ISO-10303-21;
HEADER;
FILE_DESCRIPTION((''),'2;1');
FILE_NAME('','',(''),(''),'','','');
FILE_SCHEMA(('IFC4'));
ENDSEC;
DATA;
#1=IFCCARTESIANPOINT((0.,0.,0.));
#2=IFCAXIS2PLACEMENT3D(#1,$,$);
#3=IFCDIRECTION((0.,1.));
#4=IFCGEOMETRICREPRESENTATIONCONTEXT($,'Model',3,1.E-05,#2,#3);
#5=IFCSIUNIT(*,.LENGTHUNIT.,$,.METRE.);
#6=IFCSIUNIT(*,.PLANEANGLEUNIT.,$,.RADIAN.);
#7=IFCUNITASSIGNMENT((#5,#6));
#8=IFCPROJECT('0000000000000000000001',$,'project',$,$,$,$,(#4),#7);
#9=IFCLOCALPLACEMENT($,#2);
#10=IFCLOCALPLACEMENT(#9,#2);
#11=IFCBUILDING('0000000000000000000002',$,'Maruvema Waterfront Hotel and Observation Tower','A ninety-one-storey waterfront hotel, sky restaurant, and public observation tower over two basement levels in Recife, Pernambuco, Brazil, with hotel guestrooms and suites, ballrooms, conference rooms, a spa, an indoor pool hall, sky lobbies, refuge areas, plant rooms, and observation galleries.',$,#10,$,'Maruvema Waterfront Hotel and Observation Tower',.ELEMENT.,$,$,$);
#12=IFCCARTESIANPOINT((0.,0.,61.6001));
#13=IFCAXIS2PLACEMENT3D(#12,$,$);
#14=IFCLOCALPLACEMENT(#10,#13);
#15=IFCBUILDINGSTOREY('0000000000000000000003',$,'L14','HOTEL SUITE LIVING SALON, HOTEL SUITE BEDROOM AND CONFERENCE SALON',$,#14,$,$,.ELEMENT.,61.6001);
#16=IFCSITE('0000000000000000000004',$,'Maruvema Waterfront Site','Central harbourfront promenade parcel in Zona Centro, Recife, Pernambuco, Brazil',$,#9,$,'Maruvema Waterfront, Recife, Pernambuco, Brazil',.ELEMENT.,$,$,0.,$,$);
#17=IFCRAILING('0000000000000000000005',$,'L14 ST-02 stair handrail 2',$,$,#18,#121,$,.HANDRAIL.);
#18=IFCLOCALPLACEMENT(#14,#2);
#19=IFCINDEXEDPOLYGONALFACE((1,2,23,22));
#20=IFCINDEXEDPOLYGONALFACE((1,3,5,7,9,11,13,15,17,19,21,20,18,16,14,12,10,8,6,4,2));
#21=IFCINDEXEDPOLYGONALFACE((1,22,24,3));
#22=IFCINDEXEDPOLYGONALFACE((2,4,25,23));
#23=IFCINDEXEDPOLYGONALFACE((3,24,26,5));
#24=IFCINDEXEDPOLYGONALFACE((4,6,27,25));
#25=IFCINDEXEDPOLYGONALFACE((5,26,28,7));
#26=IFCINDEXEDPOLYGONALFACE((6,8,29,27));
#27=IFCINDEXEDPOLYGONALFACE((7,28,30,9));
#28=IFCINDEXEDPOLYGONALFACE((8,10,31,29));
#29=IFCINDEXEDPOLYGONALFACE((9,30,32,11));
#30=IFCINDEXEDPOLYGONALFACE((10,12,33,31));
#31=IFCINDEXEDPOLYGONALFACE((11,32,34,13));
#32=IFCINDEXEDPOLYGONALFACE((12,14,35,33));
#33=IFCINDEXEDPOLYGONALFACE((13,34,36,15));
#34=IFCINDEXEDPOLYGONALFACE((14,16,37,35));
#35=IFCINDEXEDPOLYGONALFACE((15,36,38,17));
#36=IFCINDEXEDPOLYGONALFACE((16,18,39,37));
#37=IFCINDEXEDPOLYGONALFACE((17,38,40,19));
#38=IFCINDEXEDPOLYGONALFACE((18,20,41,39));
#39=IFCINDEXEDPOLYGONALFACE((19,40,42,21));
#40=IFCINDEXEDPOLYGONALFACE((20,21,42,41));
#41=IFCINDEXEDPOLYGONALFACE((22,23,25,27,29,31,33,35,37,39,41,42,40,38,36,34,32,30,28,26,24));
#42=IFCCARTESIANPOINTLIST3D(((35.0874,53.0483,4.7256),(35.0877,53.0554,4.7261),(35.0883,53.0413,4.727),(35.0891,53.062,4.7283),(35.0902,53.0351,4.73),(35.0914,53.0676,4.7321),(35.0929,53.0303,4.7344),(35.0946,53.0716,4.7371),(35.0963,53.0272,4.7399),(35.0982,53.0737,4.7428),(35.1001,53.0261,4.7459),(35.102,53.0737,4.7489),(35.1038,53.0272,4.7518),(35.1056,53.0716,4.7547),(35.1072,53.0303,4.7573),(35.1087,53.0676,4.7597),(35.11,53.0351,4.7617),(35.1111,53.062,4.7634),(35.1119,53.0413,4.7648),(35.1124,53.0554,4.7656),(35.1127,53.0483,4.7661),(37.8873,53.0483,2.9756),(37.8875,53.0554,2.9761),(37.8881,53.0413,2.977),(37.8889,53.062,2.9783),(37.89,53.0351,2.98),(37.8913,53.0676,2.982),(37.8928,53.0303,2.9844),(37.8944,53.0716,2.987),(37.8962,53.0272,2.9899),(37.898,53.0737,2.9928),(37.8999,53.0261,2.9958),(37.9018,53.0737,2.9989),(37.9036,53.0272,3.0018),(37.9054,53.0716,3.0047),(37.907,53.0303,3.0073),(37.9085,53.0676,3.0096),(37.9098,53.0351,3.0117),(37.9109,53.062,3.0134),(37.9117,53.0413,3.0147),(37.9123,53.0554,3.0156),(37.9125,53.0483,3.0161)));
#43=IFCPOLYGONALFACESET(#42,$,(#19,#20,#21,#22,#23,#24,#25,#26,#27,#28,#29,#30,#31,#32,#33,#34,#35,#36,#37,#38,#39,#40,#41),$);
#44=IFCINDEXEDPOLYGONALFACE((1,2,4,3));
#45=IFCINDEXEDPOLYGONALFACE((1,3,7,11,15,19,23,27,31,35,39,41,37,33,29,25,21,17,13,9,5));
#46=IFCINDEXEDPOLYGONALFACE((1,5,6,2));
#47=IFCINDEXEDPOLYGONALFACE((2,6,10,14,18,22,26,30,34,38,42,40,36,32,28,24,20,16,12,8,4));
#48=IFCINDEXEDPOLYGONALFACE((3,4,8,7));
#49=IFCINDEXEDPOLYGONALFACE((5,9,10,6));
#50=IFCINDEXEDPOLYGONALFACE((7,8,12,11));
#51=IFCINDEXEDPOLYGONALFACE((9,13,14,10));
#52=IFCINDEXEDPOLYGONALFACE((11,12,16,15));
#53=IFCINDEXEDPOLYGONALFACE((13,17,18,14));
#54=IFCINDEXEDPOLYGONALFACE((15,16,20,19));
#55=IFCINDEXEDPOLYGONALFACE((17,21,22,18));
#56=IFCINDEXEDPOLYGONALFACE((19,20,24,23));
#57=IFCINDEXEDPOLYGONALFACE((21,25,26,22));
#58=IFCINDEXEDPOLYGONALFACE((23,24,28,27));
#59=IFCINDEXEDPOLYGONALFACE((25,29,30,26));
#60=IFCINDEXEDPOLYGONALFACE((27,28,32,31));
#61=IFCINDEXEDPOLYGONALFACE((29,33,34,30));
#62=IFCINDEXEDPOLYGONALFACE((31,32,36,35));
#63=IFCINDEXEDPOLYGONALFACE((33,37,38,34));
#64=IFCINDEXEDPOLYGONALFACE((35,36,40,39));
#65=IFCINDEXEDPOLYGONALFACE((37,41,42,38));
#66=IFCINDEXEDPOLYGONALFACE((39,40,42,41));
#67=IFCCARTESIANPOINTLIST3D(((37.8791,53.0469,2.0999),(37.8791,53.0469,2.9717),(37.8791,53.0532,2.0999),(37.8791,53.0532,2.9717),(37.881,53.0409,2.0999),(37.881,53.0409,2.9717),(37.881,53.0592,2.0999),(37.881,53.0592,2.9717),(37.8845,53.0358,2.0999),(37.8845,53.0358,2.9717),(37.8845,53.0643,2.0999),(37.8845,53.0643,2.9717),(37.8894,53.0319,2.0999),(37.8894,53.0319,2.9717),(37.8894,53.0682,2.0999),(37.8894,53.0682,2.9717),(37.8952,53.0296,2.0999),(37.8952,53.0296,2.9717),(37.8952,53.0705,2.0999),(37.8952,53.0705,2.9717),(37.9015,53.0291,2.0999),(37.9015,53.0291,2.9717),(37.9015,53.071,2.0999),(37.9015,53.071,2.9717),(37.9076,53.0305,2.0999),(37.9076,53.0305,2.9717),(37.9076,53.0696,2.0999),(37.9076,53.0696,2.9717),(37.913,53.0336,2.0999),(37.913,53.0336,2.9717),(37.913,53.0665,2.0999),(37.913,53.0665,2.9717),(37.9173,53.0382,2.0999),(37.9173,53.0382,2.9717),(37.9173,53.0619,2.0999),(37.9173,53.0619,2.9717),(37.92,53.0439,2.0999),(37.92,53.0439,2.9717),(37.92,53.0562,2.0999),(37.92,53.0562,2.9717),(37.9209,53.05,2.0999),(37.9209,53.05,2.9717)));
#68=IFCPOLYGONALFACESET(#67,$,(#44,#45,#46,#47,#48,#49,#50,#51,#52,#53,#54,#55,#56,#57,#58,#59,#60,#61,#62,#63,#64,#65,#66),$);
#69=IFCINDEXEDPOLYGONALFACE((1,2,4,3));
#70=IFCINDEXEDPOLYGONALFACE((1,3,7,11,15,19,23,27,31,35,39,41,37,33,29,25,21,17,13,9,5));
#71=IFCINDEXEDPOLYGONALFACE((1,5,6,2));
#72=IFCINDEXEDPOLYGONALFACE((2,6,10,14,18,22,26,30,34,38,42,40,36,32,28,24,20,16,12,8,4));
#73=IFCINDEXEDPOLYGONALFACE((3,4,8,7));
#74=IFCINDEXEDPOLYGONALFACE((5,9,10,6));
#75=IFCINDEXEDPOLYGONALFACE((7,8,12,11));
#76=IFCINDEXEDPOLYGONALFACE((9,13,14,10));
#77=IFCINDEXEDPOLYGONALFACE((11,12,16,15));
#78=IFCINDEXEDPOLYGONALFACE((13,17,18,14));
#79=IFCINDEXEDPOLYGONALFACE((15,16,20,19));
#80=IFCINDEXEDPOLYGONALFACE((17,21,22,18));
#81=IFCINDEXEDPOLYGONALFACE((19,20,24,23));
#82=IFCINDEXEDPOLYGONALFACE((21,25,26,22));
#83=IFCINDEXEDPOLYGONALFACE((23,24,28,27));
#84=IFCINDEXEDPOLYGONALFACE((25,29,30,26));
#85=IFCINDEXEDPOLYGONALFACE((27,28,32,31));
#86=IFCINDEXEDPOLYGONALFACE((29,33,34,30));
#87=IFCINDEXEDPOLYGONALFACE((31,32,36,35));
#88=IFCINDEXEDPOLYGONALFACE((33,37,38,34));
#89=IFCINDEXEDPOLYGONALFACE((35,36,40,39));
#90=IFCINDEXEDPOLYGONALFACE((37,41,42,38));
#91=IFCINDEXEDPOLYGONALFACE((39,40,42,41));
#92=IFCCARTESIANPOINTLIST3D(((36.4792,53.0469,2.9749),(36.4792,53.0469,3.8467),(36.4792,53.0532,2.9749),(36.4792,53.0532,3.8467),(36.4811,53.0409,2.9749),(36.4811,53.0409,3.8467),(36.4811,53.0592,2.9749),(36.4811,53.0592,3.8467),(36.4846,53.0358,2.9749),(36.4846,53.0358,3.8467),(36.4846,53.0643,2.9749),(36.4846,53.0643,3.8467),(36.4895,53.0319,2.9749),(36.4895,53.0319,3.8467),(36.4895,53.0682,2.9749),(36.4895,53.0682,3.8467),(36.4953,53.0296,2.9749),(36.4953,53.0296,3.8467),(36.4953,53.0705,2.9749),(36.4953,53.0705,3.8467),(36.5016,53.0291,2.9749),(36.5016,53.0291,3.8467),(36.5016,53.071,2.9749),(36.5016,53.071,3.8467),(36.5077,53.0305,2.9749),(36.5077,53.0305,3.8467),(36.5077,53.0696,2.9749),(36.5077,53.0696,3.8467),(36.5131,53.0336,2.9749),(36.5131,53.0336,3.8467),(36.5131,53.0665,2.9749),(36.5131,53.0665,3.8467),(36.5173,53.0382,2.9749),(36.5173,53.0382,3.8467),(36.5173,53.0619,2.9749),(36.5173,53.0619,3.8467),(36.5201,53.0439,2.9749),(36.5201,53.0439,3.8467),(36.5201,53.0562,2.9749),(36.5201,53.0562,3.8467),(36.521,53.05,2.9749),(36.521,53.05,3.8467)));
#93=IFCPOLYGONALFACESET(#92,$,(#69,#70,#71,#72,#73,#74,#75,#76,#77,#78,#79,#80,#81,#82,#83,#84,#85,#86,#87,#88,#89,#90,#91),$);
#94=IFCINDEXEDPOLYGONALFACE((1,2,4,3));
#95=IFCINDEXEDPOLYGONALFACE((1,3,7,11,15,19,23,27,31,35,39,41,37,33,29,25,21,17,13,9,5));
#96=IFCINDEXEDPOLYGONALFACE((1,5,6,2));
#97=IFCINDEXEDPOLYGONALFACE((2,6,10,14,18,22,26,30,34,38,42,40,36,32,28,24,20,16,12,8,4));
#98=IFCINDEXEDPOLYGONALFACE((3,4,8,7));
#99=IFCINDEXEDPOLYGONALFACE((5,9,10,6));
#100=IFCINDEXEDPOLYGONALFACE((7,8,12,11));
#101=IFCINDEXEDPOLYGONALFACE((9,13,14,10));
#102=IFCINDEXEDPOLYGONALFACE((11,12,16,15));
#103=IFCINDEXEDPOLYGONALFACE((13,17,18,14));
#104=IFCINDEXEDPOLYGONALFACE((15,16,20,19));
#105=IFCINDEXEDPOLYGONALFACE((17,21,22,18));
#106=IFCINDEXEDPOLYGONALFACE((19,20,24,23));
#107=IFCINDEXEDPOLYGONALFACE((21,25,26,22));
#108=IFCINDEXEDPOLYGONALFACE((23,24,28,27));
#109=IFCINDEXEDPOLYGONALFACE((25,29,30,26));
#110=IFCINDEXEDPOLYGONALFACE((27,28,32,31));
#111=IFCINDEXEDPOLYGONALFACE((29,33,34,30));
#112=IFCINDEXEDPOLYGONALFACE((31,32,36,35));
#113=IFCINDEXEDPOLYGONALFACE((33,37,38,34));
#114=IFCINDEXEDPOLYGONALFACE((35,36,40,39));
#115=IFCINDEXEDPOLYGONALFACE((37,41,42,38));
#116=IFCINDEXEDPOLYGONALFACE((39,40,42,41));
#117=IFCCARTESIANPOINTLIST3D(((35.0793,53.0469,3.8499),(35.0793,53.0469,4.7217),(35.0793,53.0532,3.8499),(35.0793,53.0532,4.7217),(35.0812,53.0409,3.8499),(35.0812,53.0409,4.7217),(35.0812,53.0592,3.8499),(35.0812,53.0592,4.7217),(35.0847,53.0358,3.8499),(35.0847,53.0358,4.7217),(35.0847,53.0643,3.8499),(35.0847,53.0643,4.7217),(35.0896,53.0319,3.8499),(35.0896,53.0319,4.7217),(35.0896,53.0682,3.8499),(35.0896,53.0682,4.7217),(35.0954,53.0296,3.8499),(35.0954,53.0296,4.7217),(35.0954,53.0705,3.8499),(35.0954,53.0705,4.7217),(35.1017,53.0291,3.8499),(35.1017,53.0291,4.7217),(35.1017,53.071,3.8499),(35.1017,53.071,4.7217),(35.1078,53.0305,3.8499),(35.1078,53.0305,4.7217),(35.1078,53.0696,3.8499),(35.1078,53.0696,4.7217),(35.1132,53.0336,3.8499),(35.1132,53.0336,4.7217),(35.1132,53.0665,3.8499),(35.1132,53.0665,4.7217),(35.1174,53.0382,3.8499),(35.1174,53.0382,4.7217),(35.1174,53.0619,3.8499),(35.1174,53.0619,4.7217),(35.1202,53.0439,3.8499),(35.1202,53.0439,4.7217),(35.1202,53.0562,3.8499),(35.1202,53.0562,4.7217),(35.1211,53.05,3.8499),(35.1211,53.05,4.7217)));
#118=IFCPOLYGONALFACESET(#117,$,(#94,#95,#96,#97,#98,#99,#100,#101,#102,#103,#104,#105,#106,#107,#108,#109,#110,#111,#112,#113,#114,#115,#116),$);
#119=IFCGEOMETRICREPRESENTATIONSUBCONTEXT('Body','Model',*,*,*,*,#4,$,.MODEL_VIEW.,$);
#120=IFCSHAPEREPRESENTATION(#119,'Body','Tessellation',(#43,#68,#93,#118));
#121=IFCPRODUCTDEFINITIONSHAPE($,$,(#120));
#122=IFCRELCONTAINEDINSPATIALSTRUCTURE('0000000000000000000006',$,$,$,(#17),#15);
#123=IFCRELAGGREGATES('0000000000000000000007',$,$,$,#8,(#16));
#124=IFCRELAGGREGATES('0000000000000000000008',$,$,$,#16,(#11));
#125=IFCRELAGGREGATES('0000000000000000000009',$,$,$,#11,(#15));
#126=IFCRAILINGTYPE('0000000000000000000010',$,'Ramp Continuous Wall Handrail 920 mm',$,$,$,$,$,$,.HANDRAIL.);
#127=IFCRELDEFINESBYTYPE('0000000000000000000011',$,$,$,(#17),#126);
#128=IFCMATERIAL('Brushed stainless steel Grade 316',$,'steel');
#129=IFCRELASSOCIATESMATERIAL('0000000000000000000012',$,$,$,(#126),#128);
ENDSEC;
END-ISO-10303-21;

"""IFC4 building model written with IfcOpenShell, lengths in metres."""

from ifc_helpers import new_model, si_unit, direction, frame, origin, origin_2d, place, context, subcontext, project, spatial, circle, extrude, material, type_object, element, save


model = new_model("IFC4")

# Units and contexts
model_context = context("Model", 3, precision=1e-05, world=origin(), true_north=direction((0.0, 1.0)))
body_context = subcontext(model_context, "Body", "Model", "MODEL_VIEW")
ifc_project = project(units=[si_unit("LENGTHUNIT", "METRE"), si_unit("PLANEANGLEUNIT", "RADIAN")], contexts=[model_context])

# Site, building, storey
site_placement = place(None, origin())
site = spatial("IfcSite", under=ifc_project, at=site_placement, Name="Maruvema Waterfront Site", Description="Central harbourfront promenade parcel in Zona Centro, Recife, Pernambuco, Brazil", LongName="Maruvema Waterfront, Recife, Pernambuco, Brazil", CompositionType="ELEMENT", RefElevation=0.0)
building_placement = place(site_placement, origin())
building = spatial("IfcBuilding", under=site, at=building_placement, Name="Maruvema Waterfront Hotel and Observation Tower", Description="A ninety-one-storey waterfront hotel, sky restaurant, and public observation tower over two basement levels in Recife, Pernambuco, Brazil, with hotel guestrooms and suites, ballrooms, conference rooms, a spa, an indoor pool hall, sky lobbies, refuge areas, plant rooms, and observation galleries.", LongName="Maruvema Waterfront Hotel and Observation Tower", CompositionType="ELEMENT")
storey_placement = place(building_placement, frame((0.0, 0.0, 61.6001)))
storey = spatial("IfcBuildingStorey", under=building, at=storey_placement, Name="L14", Description="HOTEL SUITE LIVING SALON, HOTEL SUITE BEDROOM AND CONFERENCE SALON", CompositionType="ELEMENT", Elevation=61.6001)

# Railing
ifc_material_1 = material(Name="Brushed stainless steel Grade 316", Category="steel")
railing_type_1 = type_object("IfcRailingType", Name="Ramp Continuous Wall Handrail 920 mm", PredefinedType="HANDRAIL", material=ifc_material_1)
railing_1_placement = place(storey_placement, frame((37.8999, 53.05, 2.0999)))
element("IfcRailing", 1, at=railing_1_placement, inside=storey, type_object=railing_type_1, Name="L14 ST-02 stair handrail 2", PredefinedType="HANDRAIL", context=body_context, shape_type="SweptSolid", body=[
    extrude(circle(Radius=0.0239, at=origin_2d()), frame((0.0, 0.0, 0.896), z_axis=(-0.847982, 0.0, 0.530026), x_axis=(0.0, -1.0, 0.0)), (0.0, 0.0, 1.0), 3.3018),
    extrude(circle(Radius=0.021, at=origin_2d()), origin(), (0.0, 0.0, 1.0), 0.8718),
    extrude(circle(Radius=0.021, at=origin_2d()), frame((-1.3999, 0.0, 0.875)), (0.0, 0.0, 1.0), 0.8718),
    extrude(circle(Radius=0.021, at=origin_2d()), frame((-2.7998, 0.0, 1.75)), (0.0, 0.0, 1.0), 0.8718),
])

save(model, "model.ifc")
